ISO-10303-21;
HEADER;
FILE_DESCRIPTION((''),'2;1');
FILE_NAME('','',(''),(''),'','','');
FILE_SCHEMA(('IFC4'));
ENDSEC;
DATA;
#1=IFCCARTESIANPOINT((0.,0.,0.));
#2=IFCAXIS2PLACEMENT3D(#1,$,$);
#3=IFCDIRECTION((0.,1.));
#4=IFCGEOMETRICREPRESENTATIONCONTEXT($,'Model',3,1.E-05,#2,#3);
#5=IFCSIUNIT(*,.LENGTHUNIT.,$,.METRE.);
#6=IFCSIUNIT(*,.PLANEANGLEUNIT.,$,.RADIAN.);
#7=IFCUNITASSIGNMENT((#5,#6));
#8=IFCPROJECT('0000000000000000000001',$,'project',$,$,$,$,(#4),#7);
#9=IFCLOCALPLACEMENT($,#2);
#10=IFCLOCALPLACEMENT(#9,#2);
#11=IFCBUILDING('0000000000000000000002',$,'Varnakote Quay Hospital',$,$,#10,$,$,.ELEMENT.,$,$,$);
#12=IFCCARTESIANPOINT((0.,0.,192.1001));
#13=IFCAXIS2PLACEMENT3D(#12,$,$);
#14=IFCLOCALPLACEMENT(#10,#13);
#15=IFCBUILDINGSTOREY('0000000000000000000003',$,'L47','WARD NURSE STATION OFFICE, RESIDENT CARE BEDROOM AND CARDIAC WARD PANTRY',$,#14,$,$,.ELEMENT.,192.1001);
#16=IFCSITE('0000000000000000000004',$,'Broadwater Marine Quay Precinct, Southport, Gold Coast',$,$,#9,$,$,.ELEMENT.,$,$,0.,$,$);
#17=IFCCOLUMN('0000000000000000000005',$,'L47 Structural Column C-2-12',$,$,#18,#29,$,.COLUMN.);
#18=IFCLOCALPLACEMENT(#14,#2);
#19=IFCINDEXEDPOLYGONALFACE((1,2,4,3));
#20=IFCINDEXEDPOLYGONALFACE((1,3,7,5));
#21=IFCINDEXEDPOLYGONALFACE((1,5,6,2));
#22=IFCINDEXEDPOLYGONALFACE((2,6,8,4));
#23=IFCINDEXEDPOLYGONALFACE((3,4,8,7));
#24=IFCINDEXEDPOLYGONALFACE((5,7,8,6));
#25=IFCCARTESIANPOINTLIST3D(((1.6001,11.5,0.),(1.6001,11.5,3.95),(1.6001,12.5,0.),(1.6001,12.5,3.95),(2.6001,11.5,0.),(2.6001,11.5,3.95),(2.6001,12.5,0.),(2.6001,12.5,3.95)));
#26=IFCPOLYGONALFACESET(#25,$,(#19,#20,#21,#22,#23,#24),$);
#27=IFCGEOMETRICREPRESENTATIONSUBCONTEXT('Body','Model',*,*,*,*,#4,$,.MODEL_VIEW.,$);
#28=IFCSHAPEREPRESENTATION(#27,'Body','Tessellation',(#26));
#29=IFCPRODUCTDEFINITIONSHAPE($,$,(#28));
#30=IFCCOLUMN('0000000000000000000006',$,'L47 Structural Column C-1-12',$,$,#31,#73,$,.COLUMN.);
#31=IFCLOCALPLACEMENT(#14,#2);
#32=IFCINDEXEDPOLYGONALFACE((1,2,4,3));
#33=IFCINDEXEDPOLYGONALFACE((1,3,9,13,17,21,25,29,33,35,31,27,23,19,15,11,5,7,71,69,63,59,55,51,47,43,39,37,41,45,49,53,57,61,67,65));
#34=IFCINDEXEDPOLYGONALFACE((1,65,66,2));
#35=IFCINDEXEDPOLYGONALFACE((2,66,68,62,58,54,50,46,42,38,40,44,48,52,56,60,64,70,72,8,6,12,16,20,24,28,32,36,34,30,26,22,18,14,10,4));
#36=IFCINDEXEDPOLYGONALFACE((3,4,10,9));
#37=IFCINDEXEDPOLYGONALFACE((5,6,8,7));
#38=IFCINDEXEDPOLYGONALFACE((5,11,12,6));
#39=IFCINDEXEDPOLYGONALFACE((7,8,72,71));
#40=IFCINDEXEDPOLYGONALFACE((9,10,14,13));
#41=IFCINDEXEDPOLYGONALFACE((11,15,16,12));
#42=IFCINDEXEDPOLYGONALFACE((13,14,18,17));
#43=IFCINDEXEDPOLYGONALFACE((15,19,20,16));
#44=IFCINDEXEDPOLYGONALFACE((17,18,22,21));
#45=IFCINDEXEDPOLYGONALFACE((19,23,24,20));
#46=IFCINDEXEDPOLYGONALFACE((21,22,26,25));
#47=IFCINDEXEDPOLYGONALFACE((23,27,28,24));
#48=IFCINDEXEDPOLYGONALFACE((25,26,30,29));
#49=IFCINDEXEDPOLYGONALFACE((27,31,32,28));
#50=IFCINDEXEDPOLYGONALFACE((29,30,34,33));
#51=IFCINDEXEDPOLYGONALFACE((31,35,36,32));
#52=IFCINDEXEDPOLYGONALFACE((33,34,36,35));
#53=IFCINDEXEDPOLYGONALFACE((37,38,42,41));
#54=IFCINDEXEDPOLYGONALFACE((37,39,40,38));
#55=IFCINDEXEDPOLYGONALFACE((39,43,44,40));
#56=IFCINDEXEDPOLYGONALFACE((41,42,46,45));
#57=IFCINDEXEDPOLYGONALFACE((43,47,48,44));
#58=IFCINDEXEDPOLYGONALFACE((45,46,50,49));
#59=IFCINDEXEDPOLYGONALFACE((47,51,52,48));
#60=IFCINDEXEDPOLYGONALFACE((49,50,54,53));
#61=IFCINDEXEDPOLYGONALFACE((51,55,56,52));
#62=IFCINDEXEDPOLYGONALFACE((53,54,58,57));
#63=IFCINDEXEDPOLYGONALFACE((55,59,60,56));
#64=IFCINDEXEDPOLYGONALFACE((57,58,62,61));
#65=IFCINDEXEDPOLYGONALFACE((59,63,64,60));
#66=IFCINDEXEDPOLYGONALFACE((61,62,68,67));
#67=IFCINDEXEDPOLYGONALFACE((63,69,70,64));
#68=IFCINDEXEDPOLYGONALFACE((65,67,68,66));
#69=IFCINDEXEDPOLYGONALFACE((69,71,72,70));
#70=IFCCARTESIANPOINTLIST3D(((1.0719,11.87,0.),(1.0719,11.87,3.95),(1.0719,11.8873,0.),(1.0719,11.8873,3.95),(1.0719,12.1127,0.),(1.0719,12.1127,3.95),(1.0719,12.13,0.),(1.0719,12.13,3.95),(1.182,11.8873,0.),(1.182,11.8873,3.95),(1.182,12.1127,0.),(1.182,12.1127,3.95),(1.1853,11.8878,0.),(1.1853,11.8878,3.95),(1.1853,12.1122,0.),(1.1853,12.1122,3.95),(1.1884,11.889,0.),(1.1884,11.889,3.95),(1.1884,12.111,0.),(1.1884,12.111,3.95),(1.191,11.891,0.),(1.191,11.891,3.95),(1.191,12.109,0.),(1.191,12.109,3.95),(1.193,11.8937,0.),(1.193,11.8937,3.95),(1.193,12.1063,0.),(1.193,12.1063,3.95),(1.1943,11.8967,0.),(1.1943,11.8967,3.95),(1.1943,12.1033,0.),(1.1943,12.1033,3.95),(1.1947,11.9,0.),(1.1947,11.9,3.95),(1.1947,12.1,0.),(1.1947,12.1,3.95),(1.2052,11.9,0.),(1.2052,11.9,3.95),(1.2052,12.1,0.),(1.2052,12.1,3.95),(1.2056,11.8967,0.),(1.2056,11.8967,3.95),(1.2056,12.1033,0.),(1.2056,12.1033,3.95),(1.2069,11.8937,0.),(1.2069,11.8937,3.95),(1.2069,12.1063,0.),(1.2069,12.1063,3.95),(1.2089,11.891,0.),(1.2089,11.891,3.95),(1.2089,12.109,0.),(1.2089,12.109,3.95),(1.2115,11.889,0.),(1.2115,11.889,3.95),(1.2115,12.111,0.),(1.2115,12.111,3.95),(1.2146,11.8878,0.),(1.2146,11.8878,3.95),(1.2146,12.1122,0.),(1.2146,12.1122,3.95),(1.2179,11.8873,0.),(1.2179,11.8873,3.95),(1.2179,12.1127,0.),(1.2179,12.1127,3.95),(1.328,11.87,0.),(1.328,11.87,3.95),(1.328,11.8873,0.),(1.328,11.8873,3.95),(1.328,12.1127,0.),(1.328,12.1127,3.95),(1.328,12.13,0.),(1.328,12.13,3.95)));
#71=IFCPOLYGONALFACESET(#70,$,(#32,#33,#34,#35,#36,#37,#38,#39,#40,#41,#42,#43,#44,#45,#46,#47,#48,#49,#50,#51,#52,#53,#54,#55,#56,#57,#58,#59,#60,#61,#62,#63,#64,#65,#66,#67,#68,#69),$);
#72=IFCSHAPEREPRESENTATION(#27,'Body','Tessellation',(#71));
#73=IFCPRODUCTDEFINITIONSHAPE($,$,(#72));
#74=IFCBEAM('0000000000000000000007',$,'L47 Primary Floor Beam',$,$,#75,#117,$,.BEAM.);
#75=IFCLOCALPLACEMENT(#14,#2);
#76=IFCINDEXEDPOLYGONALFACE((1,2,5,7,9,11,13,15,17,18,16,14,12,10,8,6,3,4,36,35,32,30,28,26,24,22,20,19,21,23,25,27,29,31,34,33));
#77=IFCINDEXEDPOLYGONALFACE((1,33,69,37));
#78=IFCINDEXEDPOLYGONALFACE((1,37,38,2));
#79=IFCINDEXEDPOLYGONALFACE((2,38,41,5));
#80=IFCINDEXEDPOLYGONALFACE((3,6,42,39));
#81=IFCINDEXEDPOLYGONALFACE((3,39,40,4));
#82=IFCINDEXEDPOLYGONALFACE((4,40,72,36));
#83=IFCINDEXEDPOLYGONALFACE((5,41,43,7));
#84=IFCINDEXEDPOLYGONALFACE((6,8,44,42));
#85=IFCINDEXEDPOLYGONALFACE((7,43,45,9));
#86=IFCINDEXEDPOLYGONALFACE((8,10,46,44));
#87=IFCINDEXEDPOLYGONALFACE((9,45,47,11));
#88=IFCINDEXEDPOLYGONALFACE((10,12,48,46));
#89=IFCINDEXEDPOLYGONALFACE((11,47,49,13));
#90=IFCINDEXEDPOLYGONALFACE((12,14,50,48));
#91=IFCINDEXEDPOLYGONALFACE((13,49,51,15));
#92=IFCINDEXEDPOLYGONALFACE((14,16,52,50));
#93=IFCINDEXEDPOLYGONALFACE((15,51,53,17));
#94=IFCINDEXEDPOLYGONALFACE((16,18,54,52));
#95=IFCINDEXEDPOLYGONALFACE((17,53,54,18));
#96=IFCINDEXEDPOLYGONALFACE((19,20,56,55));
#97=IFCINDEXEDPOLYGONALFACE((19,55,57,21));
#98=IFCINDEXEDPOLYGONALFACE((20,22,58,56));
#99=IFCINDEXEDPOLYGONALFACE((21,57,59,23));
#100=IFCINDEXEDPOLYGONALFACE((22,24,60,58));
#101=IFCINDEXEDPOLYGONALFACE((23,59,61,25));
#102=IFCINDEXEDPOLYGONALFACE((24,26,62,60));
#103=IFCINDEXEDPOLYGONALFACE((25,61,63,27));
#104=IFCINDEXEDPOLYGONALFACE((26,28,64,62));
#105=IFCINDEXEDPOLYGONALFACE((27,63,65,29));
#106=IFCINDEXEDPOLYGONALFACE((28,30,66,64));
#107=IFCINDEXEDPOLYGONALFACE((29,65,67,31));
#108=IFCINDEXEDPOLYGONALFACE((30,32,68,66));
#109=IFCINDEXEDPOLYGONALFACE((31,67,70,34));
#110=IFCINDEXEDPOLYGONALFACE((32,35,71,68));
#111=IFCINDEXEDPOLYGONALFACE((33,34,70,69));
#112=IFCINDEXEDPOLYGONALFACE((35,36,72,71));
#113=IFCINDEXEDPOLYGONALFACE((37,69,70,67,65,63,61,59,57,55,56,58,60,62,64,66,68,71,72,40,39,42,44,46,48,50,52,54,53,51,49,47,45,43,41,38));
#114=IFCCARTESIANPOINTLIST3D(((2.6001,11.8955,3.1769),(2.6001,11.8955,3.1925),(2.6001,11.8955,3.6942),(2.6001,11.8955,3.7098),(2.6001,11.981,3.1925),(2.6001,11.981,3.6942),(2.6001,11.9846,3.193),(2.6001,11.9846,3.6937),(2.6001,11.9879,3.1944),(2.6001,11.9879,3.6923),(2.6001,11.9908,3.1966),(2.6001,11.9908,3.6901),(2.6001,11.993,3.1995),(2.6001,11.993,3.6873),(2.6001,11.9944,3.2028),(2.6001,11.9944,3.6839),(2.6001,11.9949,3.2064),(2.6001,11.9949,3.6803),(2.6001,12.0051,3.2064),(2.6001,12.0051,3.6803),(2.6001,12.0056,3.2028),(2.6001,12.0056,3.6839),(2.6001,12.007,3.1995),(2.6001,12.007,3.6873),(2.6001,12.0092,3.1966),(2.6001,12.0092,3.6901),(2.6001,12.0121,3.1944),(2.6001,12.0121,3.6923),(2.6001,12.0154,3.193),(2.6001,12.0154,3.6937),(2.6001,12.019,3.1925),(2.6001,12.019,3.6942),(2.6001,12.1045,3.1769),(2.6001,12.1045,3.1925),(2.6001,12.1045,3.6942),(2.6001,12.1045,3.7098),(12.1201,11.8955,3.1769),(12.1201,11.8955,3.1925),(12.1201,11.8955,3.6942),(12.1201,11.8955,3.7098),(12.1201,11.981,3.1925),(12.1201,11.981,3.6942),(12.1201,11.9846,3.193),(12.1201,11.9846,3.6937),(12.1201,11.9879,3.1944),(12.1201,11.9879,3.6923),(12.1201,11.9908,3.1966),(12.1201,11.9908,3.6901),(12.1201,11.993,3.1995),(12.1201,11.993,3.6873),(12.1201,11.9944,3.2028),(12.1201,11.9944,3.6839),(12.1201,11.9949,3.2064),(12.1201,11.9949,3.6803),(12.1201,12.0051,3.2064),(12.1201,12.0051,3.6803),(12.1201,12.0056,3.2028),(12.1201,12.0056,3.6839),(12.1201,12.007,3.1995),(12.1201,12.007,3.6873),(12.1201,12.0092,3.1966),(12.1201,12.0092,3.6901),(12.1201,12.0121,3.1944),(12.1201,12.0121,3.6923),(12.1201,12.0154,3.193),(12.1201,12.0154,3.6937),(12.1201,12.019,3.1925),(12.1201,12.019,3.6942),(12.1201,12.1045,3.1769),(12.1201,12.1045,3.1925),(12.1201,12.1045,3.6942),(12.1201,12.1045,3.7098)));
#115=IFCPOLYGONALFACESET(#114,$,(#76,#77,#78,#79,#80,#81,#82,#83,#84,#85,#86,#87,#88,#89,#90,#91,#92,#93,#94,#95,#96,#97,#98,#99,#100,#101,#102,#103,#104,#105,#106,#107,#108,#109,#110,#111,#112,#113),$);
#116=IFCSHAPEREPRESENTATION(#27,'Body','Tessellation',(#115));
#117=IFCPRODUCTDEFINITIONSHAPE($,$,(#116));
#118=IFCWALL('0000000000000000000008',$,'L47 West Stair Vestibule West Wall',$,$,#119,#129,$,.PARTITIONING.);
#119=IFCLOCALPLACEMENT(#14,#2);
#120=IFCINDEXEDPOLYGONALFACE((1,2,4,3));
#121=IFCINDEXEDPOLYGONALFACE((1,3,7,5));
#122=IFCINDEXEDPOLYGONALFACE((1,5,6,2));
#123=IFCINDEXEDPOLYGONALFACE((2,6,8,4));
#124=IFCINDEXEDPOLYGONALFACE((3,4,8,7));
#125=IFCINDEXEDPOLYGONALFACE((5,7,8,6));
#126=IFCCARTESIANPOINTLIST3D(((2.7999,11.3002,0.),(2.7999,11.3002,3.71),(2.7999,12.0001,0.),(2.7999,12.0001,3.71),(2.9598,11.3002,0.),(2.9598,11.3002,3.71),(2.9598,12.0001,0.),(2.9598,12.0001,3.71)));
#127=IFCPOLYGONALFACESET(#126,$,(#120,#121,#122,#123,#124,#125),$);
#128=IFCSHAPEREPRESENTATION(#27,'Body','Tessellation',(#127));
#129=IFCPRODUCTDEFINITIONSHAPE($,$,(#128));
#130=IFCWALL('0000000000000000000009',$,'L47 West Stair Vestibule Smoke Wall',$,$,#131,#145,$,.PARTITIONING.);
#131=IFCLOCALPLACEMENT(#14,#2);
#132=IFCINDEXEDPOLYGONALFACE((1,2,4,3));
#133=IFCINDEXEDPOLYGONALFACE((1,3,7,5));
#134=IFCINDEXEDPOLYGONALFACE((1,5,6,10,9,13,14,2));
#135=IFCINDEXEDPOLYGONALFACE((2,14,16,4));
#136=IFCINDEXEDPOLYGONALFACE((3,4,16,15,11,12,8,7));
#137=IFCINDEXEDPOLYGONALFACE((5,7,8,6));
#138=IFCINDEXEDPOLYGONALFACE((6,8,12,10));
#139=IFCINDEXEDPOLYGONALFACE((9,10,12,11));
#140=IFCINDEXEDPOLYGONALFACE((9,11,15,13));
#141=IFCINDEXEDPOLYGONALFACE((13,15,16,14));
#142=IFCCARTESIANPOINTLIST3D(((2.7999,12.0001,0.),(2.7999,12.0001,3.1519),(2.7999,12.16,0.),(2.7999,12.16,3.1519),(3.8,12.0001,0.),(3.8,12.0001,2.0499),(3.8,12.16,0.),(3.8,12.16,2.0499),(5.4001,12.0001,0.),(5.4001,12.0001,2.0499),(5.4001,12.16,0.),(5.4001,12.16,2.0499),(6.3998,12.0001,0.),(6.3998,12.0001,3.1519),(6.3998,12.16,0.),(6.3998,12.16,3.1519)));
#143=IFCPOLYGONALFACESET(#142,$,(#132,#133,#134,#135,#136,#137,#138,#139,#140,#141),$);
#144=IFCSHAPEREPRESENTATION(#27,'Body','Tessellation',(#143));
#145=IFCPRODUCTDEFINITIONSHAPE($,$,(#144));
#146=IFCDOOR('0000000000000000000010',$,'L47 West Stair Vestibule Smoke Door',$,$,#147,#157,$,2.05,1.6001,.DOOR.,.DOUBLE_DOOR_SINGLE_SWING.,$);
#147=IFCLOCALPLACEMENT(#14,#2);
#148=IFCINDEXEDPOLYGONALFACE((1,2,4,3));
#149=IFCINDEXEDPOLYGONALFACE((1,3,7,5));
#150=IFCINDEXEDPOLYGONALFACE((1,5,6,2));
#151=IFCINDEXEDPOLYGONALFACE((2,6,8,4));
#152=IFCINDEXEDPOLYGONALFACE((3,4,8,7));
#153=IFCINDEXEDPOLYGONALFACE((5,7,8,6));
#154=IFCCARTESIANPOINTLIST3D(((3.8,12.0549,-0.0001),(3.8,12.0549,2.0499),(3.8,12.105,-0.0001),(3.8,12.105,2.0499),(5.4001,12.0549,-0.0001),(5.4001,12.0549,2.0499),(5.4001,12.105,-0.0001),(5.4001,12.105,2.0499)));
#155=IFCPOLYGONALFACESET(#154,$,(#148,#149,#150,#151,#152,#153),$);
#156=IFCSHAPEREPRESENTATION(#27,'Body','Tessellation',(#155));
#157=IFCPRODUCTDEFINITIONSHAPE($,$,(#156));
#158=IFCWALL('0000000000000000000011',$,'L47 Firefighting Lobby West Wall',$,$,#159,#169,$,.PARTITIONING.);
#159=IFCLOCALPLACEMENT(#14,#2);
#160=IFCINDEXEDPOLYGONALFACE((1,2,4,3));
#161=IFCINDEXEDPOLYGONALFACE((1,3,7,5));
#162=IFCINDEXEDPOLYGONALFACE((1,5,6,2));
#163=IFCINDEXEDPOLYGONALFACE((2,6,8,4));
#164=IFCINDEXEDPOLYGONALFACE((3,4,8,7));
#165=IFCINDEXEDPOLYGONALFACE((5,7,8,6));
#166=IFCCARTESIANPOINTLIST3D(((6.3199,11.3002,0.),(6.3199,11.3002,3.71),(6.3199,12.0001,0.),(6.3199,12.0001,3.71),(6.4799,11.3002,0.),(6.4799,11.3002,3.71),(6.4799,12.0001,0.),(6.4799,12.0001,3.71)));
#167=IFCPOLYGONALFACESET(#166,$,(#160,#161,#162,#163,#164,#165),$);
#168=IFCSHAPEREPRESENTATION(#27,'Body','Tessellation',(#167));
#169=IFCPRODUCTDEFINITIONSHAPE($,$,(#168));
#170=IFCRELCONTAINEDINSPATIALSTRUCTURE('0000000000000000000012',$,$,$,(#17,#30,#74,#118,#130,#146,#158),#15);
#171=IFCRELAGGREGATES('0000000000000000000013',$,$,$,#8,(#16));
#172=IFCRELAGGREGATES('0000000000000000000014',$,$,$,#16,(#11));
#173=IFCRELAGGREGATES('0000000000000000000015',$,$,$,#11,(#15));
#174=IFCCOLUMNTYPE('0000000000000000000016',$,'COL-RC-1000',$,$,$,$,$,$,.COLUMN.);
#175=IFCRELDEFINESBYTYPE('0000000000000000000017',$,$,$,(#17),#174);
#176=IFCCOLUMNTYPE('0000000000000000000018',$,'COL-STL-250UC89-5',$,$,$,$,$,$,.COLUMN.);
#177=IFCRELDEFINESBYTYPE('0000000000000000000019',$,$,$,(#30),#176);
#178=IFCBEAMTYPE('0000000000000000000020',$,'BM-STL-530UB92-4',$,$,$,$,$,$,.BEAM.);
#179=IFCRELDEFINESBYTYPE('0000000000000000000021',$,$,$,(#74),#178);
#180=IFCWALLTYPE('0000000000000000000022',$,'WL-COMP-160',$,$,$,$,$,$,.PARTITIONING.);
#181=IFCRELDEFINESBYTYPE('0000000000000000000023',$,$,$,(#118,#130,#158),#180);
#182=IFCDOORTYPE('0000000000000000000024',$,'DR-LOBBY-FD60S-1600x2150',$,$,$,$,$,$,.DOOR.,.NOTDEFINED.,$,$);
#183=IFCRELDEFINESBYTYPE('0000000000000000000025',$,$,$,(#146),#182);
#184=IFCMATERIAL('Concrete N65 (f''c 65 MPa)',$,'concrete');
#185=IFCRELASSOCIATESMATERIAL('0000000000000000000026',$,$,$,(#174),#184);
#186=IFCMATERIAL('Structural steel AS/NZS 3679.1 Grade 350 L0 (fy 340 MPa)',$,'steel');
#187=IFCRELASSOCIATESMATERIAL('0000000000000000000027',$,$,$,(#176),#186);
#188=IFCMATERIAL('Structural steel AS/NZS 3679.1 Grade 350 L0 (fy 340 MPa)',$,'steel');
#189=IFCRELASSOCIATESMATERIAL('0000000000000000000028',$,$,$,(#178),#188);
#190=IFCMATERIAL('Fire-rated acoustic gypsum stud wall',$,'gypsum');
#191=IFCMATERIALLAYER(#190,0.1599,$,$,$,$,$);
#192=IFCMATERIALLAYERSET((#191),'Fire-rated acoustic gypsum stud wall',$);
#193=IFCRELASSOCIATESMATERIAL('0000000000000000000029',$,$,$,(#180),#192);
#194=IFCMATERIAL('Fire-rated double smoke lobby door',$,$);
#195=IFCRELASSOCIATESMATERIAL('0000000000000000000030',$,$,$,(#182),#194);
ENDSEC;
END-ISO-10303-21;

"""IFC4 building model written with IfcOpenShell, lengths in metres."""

from ifc_helpers import new_model, si_unit, direction, frame, frame_2d, origin, origin_2d, place, context, subcontext, project, spatial, rectangle, i_section, extrude, material, layer, layer_set, material_profile, profile_set, type_object, element, fill, save


model = new_model("IFC4")

# Units and contexts
model_context = context("Model", 3, precision=1e-05, world=origin(), true_north=direction((0.0, 1.0)))
body_context = subcontext(model_context, "Body", "Model", "MODEL_VIEW")
ifc_project = project(units=[si_unit("LENGTHUNIT", "METRE"), si_unit("PLANEANGLEUNIT", "RADIAN")], contexts=[model_context])

# Site, building, storey
site_placement = place(None, origin())
site = spatial("IfcSite", under=ifc_project, at=site_placement, Name="Broadwater Marine Quay Precinct, Southport, Gold Coast", CompositionType="ELEMENT", RefElevation=0.0)
building_placement = place(site_placement, origin())
building = spatial("IfcBuilding", under=site, at=building_placement, Name="Varnakote Quay Hospital", CompositionType="ELEMENT")
storey_placement = place(building_placement, frame((0.0, 0.0, 192.1001)))
storey = spatial("IfcBuildingStorey", under=building, at=storey_placement, Name="L47", Description="WARD NURSE STATION OFFICE, RESIDENT CARE BEDROOM AND CARDIAC WARD PANTRY", CompositionType="ELEMENT", Elevation=192.1001)

# Columns
ifc_material_1 = material(Name="Concrete N65 (f'c 65 MPa)", Category="concrete")
ifc_material_profile_1 = material_profile(ifc_material_1, rectangle(XDim=1.0, YDim=1.0, at=origin_2d()), Name="RC-COL-1000x1000")
ifc_profile_set_1 = profile_set([ifc_material_profile_1], Name="Concrete N65 (f'c 65 MPa)")
column_type_1 = type_object("IfcColumnType", Name="COL-RC-1000", PredefinedType="COLUMN", material=ifc_profile_set_1)
column_1_placement = place(storey_placement, frame((2.1001, 12.0, 0.0), z_axis=(0.0, 0.0, 1.0), x_axis=(1.0, 0.0, 0.0)))
element("IfcColumn", 1, at=column_1_placement, inside=storey, type_object=column_type_1, Name="L47 Structural Column C-2-12", PredefinedType="COLUMN", context=body_context, shape_type="SweptSolid", body=[
    extrude(rectangle(XDim=1.0, YDim=1.0, at=origin_2d()), origin(), (0.0, 0.0, 1.0), 3.95),
])
ifc_material_2 = material(Name="Structural steel AS/NZS 3679.1 Grade 350 L0 (fy 340 MPa)", Category="steel")
ifc_material_profile_2 = material_profile(ifc_material_2, i_section(OverallWidth=0.2561, OverallDepth=0.26, WebThickness=0.0105, FlangeThickness=0.0173, FilletRadius=0.0127, at=origin_2d()), Name="250UC89.5")
ifc_profile_set_2 = profile_set([ifc_material_profile_2], Name="Structural steel AS/NZS 3679.1 Grade 350 L0 (fy 340 MPa)")
column_type_2 = type_object("IfcColumnType", Name="COL-STL-250UC89-5", PredefinedType="COLUMN", material=ifc_profile_set_2)
column_2_placement = place(storey_placement, frame((1.2, 12.0, 0.0), z_axis=(0.0, 0.0, 1.0), x_axis=(1.0, 0.0, 0.0)))
element("IfcColumn", 2, at=column_2_placement, inside=storey, type_object=column_type_2, Name="L47 Structural Column C-1-12", PredefinedType="COLUMN", context=body_context, shape_type="SweptSolid", body=[
    extrude(i_section(OverallWidth=0.2561, OverallDepth=0.26, WebThickness=0.0105, FlangeThickness=0.0173, FilletRadius=0.0127, at=origin_2d()), origin(), (0.0, 0.0, 1.0), 3.95),
])

# Beam
ifc_material_3 = material(Name="Structural steel AS/NZS 3679.1 Grade 350 L0 (fy 340 MPa)", Category="steel")
ifc_material_profile_3 = material_profile(ifc_material_3, i_section(OverallWidth=0.209, OverallDepth=0.533, WebThickness=0.0103, FlangeThickness=0.0156, FilletRadius=0.0139, at=origin_2d()), Name="530UB92.4")
ifc_profile_set_3 = profile_set([ifc_material_profile_3], Name="Structural steel AS/NZS 3679.1 Grade 350 L0 (fy 340 MPa)")
beam_type = type_object("IfcBeamType", Name="BM-STL-530UB92-4", PredefinedType="BEAM", material=ifc_profile_set_3)
beam_placement = place(storey_placement, frame((2.6001, 12.0, 3.4434), z_axis=(1.0, 0.0, 0.0), x_axis=(0.0, 1.0, 0.0)))
element("IfcBeam", 3, at=beam_placement, inside=storey, type_object=beam_type, Name="L47 Primary Floor Beam", PredefinedType="BEAM", context=body_context, shape_type="SweptSolid", body=[
    extrude(i_section(OverallWidth=0.209, OverallDepth=0.533, WebThickness=0.0103, FlangeThickness=0.0156, FilletRadius=0.0139, at=origin_2d()), origin(), (0.0, 0.0, 1.0), 9.52),
])

# Wall
ifc_material_4 = material(Name="Fire-rated acoustic gypsum stud wall", Category="gypsum")
ifc_layer_1 = layer(ifc_material_4, 0.1599)
ifc_layer_set_1 = layer_set([ifc_layer_1], Name="Fire-rated acoustic gypsum stud wall")
wall_type_1 = type_object("IfcWallType", Name="WL-COMP-160", PredefinedType="PARTITIONING", material=ifc_layer_set_1)
wall_1_placement = place(storey_placement, frame((2.8799, 11.3, 0.0), z_axis=(0.0, 0.0, 1.0), x_axis=(0.0, 1.0, 0.0)))
element("IfcWall", 4, at=wall_1_placement, inside=storey, type_object=wall_type_1, Name="L47 West Stair Vestibule West Wall", PredefinedType="PARTITIONING", context=body_context, shape_type="SweptSolid", body=[
    extrude(rectangle(XDim=0.7, YDim=0.1599, at=frame_2d((0.3501, 0.0))), origin(), (0.0, 0.0, 1.0), 3.71),
])

# Wall, opening, door
wall_2_placement = place(storey_placement, frame((2.8, 12.0801, 0.0), z_axis=(0.0, 0.0, 1.0), x_axis=(1.0, 0.0, 0.0)))
wall_2 = element("IfcWall", 5, at=wall_2_placement, inside=storey, type_object=wall_type_1, Name="L47 West Stair Vestibule Smoke Wall", PredefinedType="PARTITIONING", context=body_context, shape_type="SweptSolid", body=[
    extrude(rectangle(XDim=3.5999, YDim=0.1599, at=frame_2d((1.7998, 0.0))), origin(), (0.0, 0.0, 1.0), 3.1519),
])
opening_1_placement = place(wall_2_placement, frame((1.0, 0.0, 0.0)))
opening_1 = element("IfcOpeningElement", 6, at=opening_1_placement, cuts=wall_2, PredefinedType="OPENING", context=body_context, shape_type="SweptSolid", body=[
    extrude(rectangle(XDim=1.6001, YDim=2.05, at=frame_2d((0.8, 1.0249))), frame((0.0, 0.0898, 0.0), z_axis=(0.0, -1.0, 0.0), x_axis=(1.0, 0.0, 0.0)), (0.0, 0.0, 1.0), 0.1799),
])
ifc_material_5 = material(Name="Fire-rated double smoke lobby door")
door_type_1 = type_object("IfcDoorType", Name="DR-LOBBY-FD60S-1600x2150", OperationType="NOTDEFINED", PredefinedType="DOOR", material=ifc_material_5)
door_1_placement = place(opening_1_placement, origin())
door_1 = element("IfcDoor", 7, at=door_1_placement, inside=storey, type_object=door_type_1, Name="L47 West Stair Vestibule Smoke Door", OperationType="DOUBLE_DOOR_SINGLE_SWING", OverallHeight=2.05, OverallWidth=1.6001, PredefinedType="DOOR", context=body_context, shape_type="SweptSolid", body=[
    extrude(rectangle(XDim=1.6001, YDim=2.05, at=frame_2d((0.8, 1.0249))), frame((0.0, 0.0249, 0.0), z_axis=(0.0, -1.0, 0.0), x_axis=(1.0, 0.0, 0.0)), (0.0, 0.0, 1.0), 0.05),
])
fill(opening_1, door_1)

# Wall
wall_3_placement = place(storey_placement, frame((6.3999, 11.3, 0.0), z_axis=(0.0, 0.0, 1.0), x_axis=(0.0, 1.0, 0.0)))
element("IfcWall", 8, at=wall_3_placement, inside=storey, type_object=wall_type_1, Name="L47 Firefighting Lobby West Wall", PredefinedType="PARTITIONING", context=body_context, shape_type="SweptSolid", body=[
    extrude(rectangle(XDim=0.7, YDim=0.1599, at=frame_2d((0.3501, 0.0))), origin(), (0.0, 0.0, 1.0), 3.71),
])

save(model, "model.ifc")
